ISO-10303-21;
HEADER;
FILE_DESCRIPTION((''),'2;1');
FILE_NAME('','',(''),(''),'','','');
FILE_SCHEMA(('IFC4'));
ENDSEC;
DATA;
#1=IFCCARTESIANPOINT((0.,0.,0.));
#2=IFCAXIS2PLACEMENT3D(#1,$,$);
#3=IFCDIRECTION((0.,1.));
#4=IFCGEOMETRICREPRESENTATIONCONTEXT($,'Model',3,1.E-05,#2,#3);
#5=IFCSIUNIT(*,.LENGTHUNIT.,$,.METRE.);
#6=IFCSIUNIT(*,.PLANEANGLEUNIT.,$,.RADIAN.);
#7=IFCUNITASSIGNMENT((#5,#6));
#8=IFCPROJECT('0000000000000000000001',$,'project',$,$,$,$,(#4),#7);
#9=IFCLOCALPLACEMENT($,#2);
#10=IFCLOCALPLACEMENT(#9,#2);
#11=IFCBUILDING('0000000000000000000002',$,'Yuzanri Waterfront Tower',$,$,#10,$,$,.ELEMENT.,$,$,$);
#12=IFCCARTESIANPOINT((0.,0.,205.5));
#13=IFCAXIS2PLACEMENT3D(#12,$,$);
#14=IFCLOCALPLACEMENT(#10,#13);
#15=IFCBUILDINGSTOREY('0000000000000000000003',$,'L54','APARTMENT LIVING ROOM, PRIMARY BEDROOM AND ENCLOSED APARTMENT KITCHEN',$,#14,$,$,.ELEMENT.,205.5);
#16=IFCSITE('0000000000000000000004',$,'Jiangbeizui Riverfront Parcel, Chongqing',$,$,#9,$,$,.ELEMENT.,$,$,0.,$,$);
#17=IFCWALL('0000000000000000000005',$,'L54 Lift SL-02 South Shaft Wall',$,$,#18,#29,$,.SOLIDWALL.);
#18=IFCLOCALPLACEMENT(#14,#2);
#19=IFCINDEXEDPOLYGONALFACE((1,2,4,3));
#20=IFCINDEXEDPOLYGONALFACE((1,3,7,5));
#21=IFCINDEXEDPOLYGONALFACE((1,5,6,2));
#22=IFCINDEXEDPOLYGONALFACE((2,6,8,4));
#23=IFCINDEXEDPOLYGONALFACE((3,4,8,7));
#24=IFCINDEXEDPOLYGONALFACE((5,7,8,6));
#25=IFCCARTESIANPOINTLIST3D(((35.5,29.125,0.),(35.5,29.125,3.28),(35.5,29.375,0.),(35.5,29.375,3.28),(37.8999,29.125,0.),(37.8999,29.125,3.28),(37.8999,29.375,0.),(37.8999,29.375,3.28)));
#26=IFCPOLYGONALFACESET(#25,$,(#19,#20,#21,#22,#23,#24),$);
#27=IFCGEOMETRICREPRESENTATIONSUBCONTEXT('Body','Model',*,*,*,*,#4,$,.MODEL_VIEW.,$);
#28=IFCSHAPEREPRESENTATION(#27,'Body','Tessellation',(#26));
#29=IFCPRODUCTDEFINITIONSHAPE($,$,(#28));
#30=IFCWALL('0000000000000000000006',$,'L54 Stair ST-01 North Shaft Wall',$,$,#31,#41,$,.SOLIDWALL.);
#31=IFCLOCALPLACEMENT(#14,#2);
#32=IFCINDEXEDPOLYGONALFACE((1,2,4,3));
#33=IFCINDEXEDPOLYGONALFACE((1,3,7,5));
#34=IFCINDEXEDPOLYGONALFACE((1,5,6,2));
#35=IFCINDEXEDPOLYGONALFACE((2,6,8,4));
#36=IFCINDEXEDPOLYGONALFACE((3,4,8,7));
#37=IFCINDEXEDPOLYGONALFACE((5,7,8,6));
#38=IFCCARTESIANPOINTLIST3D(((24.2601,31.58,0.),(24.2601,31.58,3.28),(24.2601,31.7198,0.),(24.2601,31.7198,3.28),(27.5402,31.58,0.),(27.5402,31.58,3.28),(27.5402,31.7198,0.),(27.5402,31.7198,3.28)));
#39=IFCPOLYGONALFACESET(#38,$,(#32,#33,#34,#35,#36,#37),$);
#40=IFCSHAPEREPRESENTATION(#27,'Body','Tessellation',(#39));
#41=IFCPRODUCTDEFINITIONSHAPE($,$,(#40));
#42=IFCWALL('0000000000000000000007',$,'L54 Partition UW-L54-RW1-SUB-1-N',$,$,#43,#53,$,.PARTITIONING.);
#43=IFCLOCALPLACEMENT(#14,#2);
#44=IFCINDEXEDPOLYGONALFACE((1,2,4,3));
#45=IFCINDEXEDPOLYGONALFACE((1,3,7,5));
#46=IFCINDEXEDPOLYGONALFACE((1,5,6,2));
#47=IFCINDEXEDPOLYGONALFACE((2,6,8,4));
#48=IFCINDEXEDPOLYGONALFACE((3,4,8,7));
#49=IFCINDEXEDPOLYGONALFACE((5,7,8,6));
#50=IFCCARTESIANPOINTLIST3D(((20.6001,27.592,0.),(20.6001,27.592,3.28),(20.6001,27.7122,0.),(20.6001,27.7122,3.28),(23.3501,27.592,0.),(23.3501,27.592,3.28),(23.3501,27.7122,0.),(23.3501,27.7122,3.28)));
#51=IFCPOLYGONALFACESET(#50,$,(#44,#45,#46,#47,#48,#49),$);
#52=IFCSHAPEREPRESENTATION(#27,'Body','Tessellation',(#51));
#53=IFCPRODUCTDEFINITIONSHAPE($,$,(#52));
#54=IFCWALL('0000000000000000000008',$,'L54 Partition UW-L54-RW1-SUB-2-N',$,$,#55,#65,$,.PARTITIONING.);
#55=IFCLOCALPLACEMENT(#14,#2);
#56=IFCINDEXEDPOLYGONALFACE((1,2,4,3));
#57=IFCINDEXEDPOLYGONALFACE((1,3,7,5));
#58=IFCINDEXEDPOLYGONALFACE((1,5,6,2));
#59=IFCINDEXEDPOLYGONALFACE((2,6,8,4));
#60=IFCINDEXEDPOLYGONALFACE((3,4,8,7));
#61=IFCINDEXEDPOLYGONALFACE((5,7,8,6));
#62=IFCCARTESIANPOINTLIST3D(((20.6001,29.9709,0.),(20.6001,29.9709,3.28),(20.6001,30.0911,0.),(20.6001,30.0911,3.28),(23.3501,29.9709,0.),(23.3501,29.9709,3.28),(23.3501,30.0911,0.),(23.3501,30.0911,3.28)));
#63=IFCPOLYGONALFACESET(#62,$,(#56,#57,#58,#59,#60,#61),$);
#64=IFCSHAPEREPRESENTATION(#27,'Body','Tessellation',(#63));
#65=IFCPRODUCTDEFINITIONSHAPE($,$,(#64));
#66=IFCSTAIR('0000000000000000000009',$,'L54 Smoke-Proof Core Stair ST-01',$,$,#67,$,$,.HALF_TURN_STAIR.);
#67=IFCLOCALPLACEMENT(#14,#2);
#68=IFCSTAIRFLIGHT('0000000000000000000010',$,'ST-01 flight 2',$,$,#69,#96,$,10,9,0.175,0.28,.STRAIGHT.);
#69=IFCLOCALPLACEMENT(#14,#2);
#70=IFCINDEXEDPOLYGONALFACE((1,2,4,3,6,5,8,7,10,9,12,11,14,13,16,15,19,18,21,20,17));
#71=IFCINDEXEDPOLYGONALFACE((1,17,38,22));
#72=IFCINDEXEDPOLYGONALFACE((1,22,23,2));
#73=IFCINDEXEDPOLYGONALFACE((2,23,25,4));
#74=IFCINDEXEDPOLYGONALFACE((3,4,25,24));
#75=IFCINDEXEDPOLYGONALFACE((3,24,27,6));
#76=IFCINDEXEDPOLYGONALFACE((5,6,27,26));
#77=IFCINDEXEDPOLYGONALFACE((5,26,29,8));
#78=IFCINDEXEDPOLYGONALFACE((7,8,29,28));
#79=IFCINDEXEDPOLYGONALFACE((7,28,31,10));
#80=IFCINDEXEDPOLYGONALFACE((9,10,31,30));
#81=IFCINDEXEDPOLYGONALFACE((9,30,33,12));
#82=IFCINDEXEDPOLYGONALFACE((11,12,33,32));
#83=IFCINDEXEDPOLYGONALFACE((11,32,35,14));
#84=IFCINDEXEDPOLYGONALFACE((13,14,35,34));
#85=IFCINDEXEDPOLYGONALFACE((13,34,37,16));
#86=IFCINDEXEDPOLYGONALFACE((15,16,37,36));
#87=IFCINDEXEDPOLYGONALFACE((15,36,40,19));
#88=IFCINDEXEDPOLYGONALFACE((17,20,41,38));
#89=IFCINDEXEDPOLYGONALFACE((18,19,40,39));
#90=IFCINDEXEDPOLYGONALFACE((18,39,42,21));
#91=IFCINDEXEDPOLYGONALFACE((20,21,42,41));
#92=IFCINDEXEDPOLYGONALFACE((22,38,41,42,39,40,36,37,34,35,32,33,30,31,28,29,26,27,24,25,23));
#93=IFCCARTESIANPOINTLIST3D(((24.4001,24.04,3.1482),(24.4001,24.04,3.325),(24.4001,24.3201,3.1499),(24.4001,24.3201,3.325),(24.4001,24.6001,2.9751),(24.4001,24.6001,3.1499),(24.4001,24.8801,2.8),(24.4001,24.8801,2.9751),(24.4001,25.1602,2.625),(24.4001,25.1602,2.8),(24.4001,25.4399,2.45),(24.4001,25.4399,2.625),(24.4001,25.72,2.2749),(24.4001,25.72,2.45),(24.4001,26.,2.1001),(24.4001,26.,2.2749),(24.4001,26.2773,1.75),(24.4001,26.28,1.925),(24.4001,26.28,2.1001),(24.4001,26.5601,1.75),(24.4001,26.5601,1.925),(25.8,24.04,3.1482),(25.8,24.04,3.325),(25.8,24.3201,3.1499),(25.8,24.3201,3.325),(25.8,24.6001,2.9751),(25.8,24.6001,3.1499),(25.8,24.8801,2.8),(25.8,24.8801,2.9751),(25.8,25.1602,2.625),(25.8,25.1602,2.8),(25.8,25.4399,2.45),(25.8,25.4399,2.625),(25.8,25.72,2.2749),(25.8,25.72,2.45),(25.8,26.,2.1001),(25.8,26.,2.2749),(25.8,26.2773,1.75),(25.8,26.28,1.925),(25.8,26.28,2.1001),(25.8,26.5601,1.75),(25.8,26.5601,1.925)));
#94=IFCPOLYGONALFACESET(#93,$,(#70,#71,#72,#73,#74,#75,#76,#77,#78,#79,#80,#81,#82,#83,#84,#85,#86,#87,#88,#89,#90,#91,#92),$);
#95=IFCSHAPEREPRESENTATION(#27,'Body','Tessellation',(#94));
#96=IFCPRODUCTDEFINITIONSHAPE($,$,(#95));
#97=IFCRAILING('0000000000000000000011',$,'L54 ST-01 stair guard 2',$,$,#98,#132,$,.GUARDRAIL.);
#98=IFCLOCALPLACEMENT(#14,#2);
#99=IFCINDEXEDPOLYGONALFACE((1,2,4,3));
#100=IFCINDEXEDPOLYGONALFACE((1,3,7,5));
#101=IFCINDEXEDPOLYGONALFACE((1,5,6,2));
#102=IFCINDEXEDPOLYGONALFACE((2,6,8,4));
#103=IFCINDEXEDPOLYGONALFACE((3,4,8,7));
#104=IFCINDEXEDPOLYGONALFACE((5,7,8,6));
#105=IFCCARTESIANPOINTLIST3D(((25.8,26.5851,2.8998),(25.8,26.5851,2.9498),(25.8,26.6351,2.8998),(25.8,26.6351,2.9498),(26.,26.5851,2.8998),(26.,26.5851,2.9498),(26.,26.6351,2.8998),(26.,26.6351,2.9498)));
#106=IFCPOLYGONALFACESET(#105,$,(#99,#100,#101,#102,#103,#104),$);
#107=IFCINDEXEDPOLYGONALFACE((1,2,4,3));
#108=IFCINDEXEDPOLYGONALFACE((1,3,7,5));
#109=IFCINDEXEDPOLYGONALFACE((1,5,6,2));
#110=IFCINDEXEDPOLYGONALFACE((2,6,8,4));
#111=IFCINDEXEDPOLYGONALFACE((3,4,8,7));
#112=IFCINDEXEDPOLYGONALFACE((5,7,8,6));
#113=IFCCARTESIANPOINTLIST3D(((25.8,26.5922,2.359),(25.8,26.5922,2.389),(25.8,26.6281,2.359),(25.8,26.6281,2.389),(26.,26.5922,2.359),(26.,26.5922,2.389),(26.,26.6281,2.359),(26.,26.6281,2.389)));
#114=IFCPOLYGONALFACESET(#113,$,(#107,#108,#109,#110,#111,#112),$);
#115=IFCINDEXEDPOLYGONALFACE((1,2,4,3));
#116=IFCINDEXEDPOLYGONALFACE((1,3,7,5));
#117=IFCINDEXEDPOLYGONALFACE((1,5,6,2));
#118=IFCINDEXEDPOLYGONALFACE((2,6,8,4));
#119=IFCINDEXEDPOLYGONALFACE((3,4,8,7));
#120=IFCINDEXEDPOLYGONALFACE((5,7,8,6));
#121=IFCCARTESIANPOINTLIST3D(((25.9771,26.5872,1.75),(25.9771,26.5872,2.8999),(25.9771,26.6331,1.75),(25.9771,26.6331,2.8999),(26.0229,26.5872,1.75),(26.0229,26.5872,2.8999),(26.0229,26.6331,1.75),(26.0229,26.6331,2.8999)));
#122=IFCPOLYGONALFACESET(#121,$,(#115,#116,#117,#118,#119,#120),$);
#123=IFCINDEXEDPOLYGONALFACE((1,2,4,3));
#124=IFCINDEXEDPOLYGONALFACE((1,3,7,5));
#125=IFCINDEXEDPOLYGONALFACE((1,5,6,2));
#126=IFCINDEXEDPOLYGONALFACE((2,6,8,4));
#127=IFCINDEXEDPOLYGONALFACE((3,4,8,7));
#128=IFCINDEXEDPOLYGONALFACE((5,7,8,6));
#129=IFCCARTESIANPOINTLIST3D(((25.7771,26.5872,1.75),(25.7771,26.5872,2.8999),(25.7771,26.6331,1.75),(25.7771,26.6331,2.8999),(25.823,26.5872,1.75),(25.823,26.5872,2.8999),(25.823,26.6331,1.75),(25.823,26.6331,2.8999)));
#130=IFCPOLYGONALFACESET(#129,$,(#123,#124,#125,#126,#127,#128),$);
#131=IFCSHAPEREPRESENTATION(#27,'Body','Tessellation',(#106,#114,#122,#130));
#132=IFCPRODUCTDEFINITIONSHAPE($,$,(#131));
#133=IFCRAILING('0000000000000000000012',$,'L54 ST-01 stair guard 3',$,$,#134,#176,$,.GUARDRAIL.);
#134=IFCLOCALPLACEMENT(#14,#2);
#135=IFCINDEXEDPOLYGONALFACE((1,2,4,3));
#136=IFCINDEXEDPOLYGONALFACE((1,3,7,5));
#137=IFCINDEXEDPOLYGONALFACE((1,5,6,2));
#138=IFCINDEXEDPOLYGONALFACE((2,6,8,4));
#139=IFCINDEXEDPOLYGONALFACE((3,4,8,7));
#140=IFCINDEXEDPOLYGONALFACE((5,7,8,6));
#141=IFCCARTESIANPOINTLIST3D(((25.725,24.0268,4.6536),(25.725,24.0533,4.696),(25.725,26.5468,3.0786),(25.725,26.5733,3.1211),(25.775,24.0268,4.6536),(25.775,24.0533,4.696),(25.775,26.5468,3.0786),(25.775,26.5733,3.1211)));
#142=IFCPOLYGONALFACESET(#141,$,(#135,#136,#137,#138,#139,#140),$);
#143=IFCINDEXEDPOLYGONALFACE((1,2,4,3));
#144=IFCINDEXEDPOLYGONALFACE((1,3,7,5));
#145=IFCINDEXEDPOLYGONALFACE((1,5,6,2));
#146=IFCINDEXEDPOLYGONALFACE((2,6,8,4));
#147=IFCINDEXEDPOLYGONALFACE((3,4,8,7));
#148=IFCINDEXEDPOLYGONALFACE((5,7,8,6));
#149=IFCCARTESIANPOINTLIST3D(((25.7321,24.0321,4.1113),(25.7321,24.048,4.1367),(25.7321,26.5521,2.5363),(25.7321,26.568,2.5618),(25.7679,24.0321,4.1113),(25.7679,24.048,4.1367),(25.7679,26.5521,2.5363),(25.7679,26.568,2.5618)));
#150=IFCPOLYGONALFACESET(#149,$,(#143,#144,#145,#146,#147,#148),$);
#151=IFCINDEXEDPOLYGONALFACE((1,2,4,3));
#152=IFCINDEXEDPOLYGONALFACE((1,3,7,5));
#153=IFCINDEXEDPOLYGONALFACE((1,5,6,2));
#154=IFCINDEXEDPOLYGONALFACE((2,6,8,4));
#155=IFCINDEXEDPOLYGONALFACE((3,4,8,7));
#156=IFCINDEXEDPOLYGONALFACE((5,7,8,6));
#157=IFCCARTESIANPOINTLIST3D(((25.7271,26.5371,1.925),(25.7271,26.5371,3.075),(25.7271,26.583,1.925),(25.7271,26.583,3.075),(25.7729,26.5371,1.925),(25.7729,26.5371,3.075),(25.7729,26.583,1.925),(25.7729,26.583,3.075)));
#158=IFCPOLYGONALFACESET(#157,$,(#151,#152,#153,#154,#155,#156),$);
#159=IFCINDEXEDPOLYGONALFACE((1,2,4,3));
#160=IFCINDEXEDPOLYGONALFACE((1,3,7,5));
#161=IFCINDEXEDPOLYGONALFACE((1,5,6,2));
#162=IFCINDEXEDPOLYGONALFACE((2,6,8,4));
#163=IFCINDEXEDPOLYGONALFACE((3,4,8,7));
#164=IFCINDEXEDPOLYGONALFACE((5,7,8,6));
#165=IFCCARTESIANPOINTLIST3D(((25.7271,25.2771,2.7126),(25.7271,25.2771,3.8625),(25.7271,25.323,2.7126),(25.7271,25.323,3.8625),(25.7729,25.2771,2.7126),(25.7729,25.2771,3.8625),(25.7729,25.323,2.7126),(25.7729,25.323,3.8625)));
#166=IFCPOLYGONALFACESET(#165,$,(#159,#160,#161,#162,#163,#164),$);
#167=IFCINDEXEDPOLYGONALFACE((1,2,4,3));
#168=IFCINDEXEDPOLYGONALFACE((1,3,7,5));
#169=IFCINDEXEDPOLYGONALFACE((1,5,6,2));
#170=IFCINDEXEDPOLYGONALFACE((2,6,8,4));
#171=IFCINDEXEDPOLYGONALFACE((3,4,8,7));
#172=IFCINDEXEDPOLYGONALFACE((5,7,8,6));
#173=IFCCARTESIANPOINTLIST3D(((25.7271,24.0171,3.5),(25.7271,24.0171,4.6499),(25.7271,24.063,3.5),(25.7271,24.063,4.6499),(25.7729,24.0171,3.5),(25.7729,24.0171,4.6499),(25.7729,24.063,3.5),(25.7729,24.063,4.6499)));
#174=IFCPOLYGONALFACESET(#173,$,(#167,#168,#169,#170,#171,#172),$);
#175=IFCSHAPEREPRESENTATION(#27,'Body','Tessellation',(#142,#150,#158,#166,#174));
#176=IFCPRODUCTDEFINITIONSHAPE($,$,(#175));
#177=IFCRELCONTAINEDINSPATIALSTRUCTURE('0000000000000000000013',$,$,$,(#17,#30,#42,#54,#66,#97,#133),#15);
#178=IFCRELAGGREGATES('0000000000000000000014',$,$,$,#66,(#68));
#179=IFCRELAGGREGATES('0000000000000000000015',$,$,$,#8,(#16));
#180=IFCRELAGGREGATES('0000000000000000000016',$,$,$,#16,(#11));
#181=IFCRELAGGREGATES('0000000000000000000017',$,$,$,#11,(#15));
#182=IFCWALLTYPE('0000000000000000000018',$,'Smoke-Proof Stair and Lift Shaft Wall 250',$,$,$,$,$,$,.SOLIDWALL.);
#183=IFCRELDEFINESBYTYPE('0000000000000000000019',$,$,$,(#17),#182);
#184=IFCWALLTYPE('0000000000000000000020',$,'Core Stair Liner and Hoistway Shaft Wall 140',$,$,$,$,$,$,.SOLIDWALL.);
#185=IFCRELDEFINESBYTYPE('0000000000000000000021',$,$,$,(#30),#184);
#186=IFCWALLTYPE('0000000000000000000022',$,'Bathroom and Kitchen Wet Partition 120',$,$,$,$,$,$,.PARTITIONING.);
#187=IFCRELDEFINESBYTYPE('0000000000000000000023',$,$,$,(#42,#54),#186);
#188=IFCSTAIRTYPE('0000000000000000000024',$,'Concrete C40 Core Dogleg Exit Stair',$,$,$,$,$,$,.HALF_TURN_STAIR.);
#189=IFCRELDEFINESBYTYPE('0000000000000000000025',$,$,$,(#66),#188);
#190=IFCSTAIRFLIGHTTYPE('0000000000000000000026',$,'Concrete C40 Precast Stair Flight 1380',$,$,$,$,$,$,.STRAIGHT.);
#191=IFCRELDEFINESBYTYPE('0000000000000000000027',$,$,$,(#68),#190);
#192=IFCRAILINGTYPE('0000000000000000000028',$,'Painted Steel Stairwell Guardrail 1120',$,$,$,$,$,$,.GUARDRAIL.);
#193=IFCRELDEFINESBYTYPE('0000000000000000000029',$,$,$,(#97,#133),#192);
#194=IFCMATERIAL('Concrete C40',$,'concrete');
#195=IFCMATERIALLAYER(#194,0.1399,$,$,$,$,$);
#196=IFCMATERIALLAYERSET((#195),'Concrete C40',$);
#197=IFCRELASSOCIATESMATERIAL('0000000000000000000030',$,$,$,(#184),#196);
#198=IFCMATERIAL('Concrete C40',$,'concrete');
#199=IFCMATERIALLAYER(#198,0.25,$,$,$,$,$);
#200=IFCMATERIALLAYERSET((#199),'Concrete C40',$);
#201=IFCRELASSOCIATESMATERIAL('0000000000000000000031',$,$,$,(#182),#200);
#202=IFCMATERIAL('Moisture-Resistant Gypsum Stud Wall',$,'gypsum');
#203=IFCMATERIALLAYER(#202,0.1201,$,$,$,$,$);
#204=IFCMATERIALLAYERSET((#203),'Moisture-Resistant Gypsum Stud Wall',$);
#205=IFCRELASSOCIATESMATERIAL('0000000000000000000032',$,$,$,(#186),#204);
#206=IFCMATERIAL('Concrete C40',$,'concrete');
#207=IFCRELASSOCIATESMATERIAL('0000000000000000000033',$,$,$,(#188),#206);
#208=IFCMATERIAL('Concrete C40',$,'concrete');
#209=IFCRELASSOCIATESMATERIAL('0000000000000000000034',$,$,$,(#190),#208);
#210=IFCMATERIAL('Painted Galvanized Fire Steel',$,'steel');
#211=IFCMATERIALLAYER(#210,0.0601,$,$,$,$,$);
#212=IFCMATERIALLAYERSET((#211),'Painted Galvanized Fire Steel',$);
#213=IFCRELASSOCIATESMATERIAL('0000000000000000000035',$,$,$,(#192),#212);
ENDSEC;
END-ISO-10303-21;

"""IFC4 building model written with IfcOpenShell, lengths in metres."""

from ifc_helpers import new_model, si_unit, direction, frame, frame_2d, origin, origin_2d, place, context, subcontext, project, spatial, polyline, rectangle, outline, extrude, source, transform, mapped, material, layer, layer_set, type_object, element, aggregate, save


model = new_model("IFC4")

# Units and contexts
model_context = context("Model", 3, precision=1e-05, world=origin(), true_north=direction((0.0, 1.0)))
body_context = subcontext(model_context, "Body", "Model", "MODEL_VIEW")
ifc_project = project(units=[si_unit("LENGTHUNIT", "METRE"), si_unit("PLANEANGLEUNIT", "RADIAN")], contexts=[model_context])

# Site, building, storey
site_placement = place(None, origin())
site = spatial("IfcSite", under=ifc_project, at=site_placement, Name="Jiangbeizui Riverfront Parcel, Chongqing", CompositionType="ELEMENT", RefElevation=0.0)
building_placement = place(site_placement, origin())
building = spatial("IfcBuilding", under=site, at=building_placement, Name="Yuzanri Waterfront Tower", CompositionType="ELEMENT")
storey_placement = place(building_placement, frame((0.0, 0.0, 205.5)))
storey = spatial("IfcBuildingStorey", under=building, at=storey_placement, Name="L54", Description="APARTMENT LIVING ROOM, PRIMARY BEDROOM AND ENCLOSED APARTMENT KITCHEN", CompositionType="ELEMENT", Elevation=205.5)

# Shared definitions
ifc_material_1 = material(Name="Concrete C40", Category="concrete")
ifc_layer_1 = layer(ifc_material_1, 0.1399)
ifc_layer_set_1 = layer_set([ifc_layer_1], Name="Concrete C40")
wall_type_1 = type_object("IfcWallType", Name="Core Stair Liner and Hoistway Shaft Wall 140", PredefinedType="SOLIDWALL", material=ifc_layer_set_1)

# Walls
ifc_material_2 = material(Name="Concrete C40", Category="concrete")
ifc_layer_2 = layer(ifc_material_2, 0.25)
ifc_layer_set_2 = layer_set([ifc_layer_2], Name="Concrete C40")
wall_type_2 = type_object("IfcWallType", Name="Smoke-Proof Stair and Lift Shaft Wall 250", PredefinedType="SOLIDWALL", material=ifc_layer_set_2)
shared_shape_1 = source(origin(), body_context, "Body", "SweptSolid", [
    extrude(rectangle(XDim=2.3999, YDim=0.25, at=frame_2d((1.2, 0.0))), origin(), (0.0, 0.0, 1.0), 3.28),
])
wall_1_placement = place(storey_placement, frame((35.5, 29.25, 0.0), z_axis=(0.0, 0.0, 1.0), x_axis=(1.0, 0.0, 0.0)))
element("IfcWall", 1, at=wall_1_placement, inside=storey, type_object=wall_type_2, Name="L54 Lift SL-02 South Shaft Wall", PredefinedType="SOLIDWALL", context=body_context, shape_type="MappedRepresentation", body=[
    mapped(shared_shape_1, transform((0.0, 0.0, 0.0), scale=1.0)),
])
shared_shape_2 = source(origin(), body_context, "Body", "SweptSolid", [
    extrude(rectangle(XDim=3.28, YDim=0.1399, at=frame_2d((1.6401, 0.0))), origin(), (0.0, 0.0, 1.0), 3.28),
])
wall_2_placement = place(storey_placement, frame((24.26, 31.6499, 0.0), z_axis=(0.0, 0.0, 1.0), x_axis=(1.0, 0.0, 0.0)))
element("IfcWall", 2, at=wall_2_placement, inside=storey, type_object=wall_type_1, Name="L54 Stair ST-01 North Shaft Wall", PredefinedType="SOLIDWALL", context=body_context, shape_type="MappedRepresentation", body=[
    mapped(shared_shape_2, transform((0.0, 0.0, 0.0), scale=1.0)),
])
ifc_material_3 = material(Name="Moisture-Resistant Gypsum Stud Wall", Category="gypsum")
ifc_layer_3 = layer(ifc_material_3, 0.1201)
ifc_layer_set_3 = layer_set([ifc_layer_3], Name="Moisture-Resistant Gypsum Stud Wall")
wall_type_3 = type_object("IfcWallType", Name="Bathroom and Kitchen Wet Partition 120", PredefinedType="PARTITIONING", material=ifc_layer_set_3)
shared_shape_3 = source(origin(), body_context, "Body", "SweptSolid", [
    extrude(rectangle(XDim=2.75, YDim=0.1201, at=frame_2d((1.375, 0.0))), origin(), (0.0, 0.0, 1.0), 3.28),
])
for number, where, z_axis, x_axis, name in (
    (3, (20.6001, 27.6521, 0.0), (0.0, 0.0, 1.0), (1.0, 0.0, 0.0), "L54 Partition UW-L54-RW1-SUB-1-N"),
    (4, (20.6001, 30.031, 0.0), (0.0, 0.0, 1.0), (1.0, 0.0, 0.0), "L54 Partition UW-L54-RW1-SUB-2-N"),
):
    element("IfcWall", number, at=place(storey_placement, frame(where, z_axis=z_axis, x_axis=x_axis)), inside=storey, type_object=wall_type_3, Name=name, PredefinedType="PARTITIONING", context=body_context, shape_type="MappedRepresentation", body=[
        mapped(shared_shape_3, transform((0.0, 0.0, 0.0), scale=1.0)),
    ])

# Stair, stair flight
ifc_material_4 = material(Name="Concrete C40", Category="concrete")
stair_type = type_object("IfcStairType", Name="Concrete C40 Core Dogleg Exit Stair", PredefinedType="HALF_TURN_STAIR", material=ifc_material_4)
stair_placement = place(storey_placement, origin())
stair = element("IfcStair", 5, at=stair_placement, inside=storey, type_object=stair_type, Name="L54 Smoke-Proof Core Stair ST-01", PredefinedType="HALF_TURN_STAIR")
ifc_material_5 = material(Name="Concrete C40", Category="concrete")
stair_flight_type = type_object("IfcStairFlightType", Name="Concrete C40 Precast Stair Flight 1380", PredefinedType="STRAIGHT", material=ifc_material_5)
shared_shape_4 = source(origin(), body_context, "Body", "SweptSolid", [
    extrude(outline(polyline([(0.0, 0.0), (0.0, 0.175), (0.28, 0.175), (0.28, 0.3501), (0.5601, 0.3501), (0.5601, 0.5249), (0.8401, 0.5249), (0.8401, 0.7), (1.1201, 0.7), (1.1201, 0.875), (1.3999, 0.875), (1.3999, 1.05), (1.6799, 1.05), (1.6799, 1.2251), (1.96, 1.2251), (1.96, 1.3999), (2.24, 1.3999), (2.24, 1.575), (2.52, 1.575), (2.52, 1.75), (2.52, 1.3982), (0.2827, 0.0), (0.0, 0.0)])), frame((0.0, 0.7, 0.0), z_axis=(0.0, -1.0, 0.0), x_axis=(1.0, 0.0, 0.0)), (0.0, 0.0, 1.0), 1.3999),
])
stair_flight_placement = place(storey_placement, frame((25.1001, 26.5601, 1.75), z_axis=(0.0, 0.0, 1.0), x_axis=(0.0, -1.0, 0.0)))
stair_flight = element("IfcStairFlight", 6, at=stair_flight_placement, type_object=stair_flight_type, Name="ST-01 flight 2", NumberOfRisers=10, NumberOfTreads=9, PredefinedType="STRAIGHT", RiserHeight=0.175, TreadLength=0.28, context=body_context, shape_type="MappedRepresentation", body=[
    mapped(shared_shape_4, transform((0.0, 0.0, 0.0), scale=1.0)),
])
aggregate(stair, [stair_flight])

# Railings
ifc_material_6 = material(Name="Painted Galvanized Fire Steel", Category="steel")
ifc_layer_4 = layer(ifc_material_6, 0.0601)
ifc_layer_set_4 = layer_set([ifc_layer_4], Name="Painted Galvanized Fire Steel")
railing_type_1 = type_object("IfcRailingType", Name="Painted Steel Stairwell Guardrail 1120", PredefinedType="GUARDRAIL", material=ifc_layer_set_4)
shared_shape_5 = source(origin(), body_context, "Body", "SweptSolid", [
    extrude(rectangle(XDim=0.05, YDim=0.05, at=origin_2d()), frame((0.0, 0.0, 1.1748), z_axis=(-1.0, 0.0, 0.0), x_axis=(0.0, -1.0, 0.0)), (0.0, 0.0, 1.0), 0.2),
    extrude(rectangle(XDim=0.0359, YDim=0.03, at=origin_2d()), frame((0.0, 0.0, 0.624), z_axis=(-1.0, 0.0, 0.0), x_axis=(0.0, -1.0, 0.0)), (0.0, 0.0, 1.0), 0.2),
    extrude(rectangle(XDim=0.0459, YDim=0.0459, at=origin_2d()), origin(), (0.0, 0.0, 1.0), 1.1499),
    extrude(rectangle(XDim=0.0459, YDim=0.0459, at=origin_2d()), frame((-0.2, 0.0, 0.0)), (0.0, 0.0, 1.0), 1.1499),
])
railing_1_placement = place(storey_placement, frame((26.0, 26.6101, 1.75)))
element("IfcRailing", 7, at=railing_1_placement, inside=storey, type_object=railing_type_1, Name="L54 ST-01 stair guard 2", PredefinedType="GUARDRAIL", context=body_context, shape_type="MappedRepresentation", body=[
    mapped(shared_shape_5, transform((0.0, 0.0, 0.0), scale=1.0)),
])
shared_shape_6 = source(origin(), body_context, "Body", "SweptSolid", [
    extrude(rectangle(XDim=0.05, YDim=0.05, at=origin_2d()), frame((0.0, 0.0, 1.1748), z_axis=(0.0, -0.848008, 0.529984), x_axis=(1.0, 0.0, 0.0)), (0.0, 0.0, 1.0), 2.9717),
    extrude(rectangle(XDim=0.0359, YDim=0.03, at=origin_2d()), frame((0.0, 0.0, 0.624), z_axis=(0.0, -0.848008, 0.529984), x_axis=(1.0, 0.0, 0.0)), (0.0, 0.0, 1.0), 2.9717),
    extrude(rectangle(XDim=0.0459, YDim=0.0459, at=origin_2d()), origin(), (0.0, 0.0, 1.0), 1.1499),
    extrude(rectangle(XDim=0.0459, YDim=0.0459, at=origin_2d()), frame((0.0, -1.26, 0.7876)), (0.0, 0.0, 1.0), 1.1499),
    extrude(rectangle(XDim=0.0459, YDim=0.0459, at=origin_2d()), frame((0.0, -2.52, 1.575)), (0.0, 0.0, 1.0), 1.1499),
])
railing_2_placement = place(storey_placement, frame((25.75, 26.5601, 1.925)))
element("IfcRailing", 8, at=railing_2_placement, inside=storey, type_object=railing_type_1, Name="L54 ST-01 stair guard 3", PredefinedType="GUARDRAIL", context=body_context, shape_type="MappedRepresentation", body=[
    mapped(shared_shape_6, transform((0.0, 0.0, 0.0), scale=1.0)),
])

save(model, "model.ifc")
